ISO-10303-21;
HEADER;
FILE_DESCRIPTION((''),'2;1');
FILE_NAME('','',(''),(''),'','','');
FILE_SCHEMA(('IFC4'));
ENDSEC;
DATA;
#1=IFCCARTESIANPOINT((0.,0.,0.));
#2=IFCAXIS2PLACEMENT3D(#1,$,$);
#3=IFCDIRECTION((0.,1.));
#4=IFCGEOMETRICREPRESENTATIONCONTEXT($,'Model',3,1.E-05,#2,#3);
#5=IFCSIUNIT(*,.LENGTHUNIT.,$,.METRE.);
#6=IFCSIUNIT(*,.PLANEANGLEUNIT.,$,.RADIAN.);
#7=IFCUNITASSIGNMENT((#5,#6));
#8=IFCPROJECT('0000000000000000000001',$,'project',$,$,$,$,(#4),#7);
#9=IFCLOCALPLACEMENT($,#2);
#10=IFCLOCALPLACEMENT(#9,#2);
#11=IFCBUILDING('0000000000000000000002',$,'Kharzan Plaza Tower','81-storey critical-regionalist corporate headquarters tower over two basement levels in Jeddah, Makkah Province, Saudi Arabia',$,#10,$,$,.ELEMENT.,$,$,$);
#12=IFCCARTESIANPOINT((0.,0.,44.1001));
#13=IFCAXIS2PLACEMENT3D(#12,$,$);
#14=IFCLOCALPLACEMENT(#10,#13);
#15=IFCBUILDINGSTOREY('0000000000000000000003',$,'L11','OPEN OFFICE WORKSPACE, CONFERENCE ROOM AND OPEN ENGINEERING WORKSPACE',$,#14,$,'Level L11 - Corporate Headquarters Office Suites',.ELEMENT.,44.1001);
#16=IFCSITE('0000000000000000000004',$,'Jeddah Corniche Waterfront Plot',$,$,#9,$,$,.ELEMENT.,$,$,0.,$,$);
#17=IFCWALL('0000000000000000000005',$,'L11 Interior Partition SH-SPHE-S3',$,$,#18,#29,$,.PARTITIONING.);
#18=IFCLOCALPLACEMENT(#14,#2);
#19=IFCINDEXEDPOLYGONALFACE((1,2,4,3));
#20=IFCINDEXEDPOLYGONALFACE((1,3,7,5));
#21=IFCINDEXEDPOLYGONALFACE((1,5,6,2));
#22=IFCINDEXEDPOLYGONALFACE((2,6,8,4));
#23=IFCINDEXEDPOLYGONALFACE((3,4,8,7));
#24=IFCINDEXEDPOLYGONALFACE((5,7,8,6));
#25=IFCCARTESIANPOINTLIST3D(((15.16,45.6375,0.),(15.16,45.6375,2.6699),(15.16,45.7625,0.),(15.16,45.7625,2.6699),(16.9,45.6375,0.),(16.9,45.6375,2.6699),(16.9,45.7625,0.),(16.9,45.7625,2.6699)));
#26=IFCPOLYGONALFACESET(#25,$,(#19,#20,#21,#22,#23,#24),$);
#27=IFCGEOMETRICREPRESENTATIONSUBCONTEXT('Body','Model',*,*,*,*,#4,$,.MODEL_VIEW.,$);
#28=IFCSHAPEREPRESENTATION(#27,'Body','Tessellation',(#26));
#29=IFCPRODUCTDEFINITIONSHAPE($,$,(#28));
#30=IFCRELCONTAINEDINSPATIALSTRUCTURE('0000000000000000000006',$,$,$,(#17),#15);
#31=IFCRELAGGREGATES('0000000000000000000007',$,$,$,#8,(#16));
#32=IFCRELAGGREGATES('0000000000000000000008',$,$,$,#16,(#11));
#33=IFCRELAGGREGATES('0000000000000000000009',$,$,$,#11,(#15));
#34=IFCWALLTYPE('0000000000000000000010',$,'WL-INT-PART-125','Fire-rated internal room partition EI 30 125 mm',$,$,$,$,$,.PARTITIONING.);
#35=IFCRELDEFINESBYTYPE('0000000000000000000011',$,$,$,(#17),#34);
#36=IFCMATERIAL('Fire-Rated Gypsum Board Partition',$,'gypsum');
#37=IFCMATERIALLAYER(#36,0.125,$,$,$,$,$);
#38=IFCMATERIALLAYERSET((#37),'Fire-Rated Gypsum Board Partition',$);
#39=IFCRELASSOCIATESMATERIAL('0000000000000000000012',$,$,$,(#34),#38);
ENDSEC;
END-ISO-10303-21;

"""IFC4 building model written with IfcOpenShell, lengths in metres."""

from ifc_helpers import new_model, si_unit, direction, frame, frame_2d, origin, place, context, subcontext, project, spatial, rectangle, extrude, source, transform, mapped, material, layer, layer_set, type_object, element, save


model = new_model("IFC4")

# Units and contexts
model_context = context("Model", 3, precision=1e-05, world=origin(), true_north=direction((0.0, 1.0)))
body_context = subcontext(model_context, "Body", "Model", "MODEL_VIEW")
ifc_project = project(units=[si_unit("LENGTHUNIT", "METRE"), si_unit("PLANEANGLEUNIT", "RADIAN")], contexts=[model_context])

# Site, building, storey
site_placement = place(None, origin())
site = spatial("IfcSite", under=ifc_project, at=site_placement, Name="Jeddah Corniche Waterfront Plot", CompositionType="ELEMENT", RefElevation=0.0)
building_placement = place(site_placement, origin())
building = spatial("IfcBuilding", under=site, at=building_placement, Name="Kharzan Plaza Tower", Description="81-storey critical-regionalist corporate headquarters tower over two basement levels in Jeddah, Makkah Province, Saudi Arabia", CompositionType="ELEMENT")
storey_placement = place(building_placement, frame((0.0, 0.0, 44.1001)))
storey = spatial("IfcBuildingStorey", under=building, at=storey_placement, Name="L11", Description="OPEN OFFICE WORKSPACE, CONFERENCE ROOM AND OPEN ENGINEERING WORKSPACE", LongName="Level L11 - Corporate Headquarters Office Suites", CompositionType="ELEMENT", Elevation=44.1001)

# Shared definitions
ifc_material_1 = material(Name="Fire-Rated Gypsum Board Partition", Category="gypsum")
ifc_layer_1 = layer(ifc_material_1, 0.125)
ifc_layer_set_1 = layer_set([ifc_layer_1], Name="Fire-Rated Gypsum Board Partition")
wall_type_1 = type_object("IfcWallType", Name="WL-INT-PART-125", Description="Fire-rated internal room partition EI 30 125 mm", PredefinedType="PARTITIONING", material=ifc_layer_set_1)

# Wall
shared_shape_1 = source(origin(), body_context, "Body", "SweptSolid", [
    extrude(rectangle(XDim=1.74, YDim=0.125, at=frame_2d((0.8701, 0.0))), origin(), (0.0, 0.0, 1.0), 2.6699),
])
wall_1_placement = place(storey_placement, frame((15.1599, 45.7, 0.0), z_axis=(0.0, 0.0, 1.0), x_axis=(1.0, 0.0, 0.0)))
element("IfcWall", 1, at=wall_1_placement, inside=storey, type_object=wall_type_1, Name="L11 Interior Partition SH-SPHE-S3", PredefinedType="PARTITIONING", context=body_context, shape_type="MappedRepresentation", body=[
    mapped(shared_shape_1, transform((0.0, 0.0, 0.0), x_axis=(1.0, 0.0, 0.0), y_axis=(0.0, 1.0, 0.0), z_axis=(0.0, 0.0, 1.0))),
])

save(model, "model.ifc")
